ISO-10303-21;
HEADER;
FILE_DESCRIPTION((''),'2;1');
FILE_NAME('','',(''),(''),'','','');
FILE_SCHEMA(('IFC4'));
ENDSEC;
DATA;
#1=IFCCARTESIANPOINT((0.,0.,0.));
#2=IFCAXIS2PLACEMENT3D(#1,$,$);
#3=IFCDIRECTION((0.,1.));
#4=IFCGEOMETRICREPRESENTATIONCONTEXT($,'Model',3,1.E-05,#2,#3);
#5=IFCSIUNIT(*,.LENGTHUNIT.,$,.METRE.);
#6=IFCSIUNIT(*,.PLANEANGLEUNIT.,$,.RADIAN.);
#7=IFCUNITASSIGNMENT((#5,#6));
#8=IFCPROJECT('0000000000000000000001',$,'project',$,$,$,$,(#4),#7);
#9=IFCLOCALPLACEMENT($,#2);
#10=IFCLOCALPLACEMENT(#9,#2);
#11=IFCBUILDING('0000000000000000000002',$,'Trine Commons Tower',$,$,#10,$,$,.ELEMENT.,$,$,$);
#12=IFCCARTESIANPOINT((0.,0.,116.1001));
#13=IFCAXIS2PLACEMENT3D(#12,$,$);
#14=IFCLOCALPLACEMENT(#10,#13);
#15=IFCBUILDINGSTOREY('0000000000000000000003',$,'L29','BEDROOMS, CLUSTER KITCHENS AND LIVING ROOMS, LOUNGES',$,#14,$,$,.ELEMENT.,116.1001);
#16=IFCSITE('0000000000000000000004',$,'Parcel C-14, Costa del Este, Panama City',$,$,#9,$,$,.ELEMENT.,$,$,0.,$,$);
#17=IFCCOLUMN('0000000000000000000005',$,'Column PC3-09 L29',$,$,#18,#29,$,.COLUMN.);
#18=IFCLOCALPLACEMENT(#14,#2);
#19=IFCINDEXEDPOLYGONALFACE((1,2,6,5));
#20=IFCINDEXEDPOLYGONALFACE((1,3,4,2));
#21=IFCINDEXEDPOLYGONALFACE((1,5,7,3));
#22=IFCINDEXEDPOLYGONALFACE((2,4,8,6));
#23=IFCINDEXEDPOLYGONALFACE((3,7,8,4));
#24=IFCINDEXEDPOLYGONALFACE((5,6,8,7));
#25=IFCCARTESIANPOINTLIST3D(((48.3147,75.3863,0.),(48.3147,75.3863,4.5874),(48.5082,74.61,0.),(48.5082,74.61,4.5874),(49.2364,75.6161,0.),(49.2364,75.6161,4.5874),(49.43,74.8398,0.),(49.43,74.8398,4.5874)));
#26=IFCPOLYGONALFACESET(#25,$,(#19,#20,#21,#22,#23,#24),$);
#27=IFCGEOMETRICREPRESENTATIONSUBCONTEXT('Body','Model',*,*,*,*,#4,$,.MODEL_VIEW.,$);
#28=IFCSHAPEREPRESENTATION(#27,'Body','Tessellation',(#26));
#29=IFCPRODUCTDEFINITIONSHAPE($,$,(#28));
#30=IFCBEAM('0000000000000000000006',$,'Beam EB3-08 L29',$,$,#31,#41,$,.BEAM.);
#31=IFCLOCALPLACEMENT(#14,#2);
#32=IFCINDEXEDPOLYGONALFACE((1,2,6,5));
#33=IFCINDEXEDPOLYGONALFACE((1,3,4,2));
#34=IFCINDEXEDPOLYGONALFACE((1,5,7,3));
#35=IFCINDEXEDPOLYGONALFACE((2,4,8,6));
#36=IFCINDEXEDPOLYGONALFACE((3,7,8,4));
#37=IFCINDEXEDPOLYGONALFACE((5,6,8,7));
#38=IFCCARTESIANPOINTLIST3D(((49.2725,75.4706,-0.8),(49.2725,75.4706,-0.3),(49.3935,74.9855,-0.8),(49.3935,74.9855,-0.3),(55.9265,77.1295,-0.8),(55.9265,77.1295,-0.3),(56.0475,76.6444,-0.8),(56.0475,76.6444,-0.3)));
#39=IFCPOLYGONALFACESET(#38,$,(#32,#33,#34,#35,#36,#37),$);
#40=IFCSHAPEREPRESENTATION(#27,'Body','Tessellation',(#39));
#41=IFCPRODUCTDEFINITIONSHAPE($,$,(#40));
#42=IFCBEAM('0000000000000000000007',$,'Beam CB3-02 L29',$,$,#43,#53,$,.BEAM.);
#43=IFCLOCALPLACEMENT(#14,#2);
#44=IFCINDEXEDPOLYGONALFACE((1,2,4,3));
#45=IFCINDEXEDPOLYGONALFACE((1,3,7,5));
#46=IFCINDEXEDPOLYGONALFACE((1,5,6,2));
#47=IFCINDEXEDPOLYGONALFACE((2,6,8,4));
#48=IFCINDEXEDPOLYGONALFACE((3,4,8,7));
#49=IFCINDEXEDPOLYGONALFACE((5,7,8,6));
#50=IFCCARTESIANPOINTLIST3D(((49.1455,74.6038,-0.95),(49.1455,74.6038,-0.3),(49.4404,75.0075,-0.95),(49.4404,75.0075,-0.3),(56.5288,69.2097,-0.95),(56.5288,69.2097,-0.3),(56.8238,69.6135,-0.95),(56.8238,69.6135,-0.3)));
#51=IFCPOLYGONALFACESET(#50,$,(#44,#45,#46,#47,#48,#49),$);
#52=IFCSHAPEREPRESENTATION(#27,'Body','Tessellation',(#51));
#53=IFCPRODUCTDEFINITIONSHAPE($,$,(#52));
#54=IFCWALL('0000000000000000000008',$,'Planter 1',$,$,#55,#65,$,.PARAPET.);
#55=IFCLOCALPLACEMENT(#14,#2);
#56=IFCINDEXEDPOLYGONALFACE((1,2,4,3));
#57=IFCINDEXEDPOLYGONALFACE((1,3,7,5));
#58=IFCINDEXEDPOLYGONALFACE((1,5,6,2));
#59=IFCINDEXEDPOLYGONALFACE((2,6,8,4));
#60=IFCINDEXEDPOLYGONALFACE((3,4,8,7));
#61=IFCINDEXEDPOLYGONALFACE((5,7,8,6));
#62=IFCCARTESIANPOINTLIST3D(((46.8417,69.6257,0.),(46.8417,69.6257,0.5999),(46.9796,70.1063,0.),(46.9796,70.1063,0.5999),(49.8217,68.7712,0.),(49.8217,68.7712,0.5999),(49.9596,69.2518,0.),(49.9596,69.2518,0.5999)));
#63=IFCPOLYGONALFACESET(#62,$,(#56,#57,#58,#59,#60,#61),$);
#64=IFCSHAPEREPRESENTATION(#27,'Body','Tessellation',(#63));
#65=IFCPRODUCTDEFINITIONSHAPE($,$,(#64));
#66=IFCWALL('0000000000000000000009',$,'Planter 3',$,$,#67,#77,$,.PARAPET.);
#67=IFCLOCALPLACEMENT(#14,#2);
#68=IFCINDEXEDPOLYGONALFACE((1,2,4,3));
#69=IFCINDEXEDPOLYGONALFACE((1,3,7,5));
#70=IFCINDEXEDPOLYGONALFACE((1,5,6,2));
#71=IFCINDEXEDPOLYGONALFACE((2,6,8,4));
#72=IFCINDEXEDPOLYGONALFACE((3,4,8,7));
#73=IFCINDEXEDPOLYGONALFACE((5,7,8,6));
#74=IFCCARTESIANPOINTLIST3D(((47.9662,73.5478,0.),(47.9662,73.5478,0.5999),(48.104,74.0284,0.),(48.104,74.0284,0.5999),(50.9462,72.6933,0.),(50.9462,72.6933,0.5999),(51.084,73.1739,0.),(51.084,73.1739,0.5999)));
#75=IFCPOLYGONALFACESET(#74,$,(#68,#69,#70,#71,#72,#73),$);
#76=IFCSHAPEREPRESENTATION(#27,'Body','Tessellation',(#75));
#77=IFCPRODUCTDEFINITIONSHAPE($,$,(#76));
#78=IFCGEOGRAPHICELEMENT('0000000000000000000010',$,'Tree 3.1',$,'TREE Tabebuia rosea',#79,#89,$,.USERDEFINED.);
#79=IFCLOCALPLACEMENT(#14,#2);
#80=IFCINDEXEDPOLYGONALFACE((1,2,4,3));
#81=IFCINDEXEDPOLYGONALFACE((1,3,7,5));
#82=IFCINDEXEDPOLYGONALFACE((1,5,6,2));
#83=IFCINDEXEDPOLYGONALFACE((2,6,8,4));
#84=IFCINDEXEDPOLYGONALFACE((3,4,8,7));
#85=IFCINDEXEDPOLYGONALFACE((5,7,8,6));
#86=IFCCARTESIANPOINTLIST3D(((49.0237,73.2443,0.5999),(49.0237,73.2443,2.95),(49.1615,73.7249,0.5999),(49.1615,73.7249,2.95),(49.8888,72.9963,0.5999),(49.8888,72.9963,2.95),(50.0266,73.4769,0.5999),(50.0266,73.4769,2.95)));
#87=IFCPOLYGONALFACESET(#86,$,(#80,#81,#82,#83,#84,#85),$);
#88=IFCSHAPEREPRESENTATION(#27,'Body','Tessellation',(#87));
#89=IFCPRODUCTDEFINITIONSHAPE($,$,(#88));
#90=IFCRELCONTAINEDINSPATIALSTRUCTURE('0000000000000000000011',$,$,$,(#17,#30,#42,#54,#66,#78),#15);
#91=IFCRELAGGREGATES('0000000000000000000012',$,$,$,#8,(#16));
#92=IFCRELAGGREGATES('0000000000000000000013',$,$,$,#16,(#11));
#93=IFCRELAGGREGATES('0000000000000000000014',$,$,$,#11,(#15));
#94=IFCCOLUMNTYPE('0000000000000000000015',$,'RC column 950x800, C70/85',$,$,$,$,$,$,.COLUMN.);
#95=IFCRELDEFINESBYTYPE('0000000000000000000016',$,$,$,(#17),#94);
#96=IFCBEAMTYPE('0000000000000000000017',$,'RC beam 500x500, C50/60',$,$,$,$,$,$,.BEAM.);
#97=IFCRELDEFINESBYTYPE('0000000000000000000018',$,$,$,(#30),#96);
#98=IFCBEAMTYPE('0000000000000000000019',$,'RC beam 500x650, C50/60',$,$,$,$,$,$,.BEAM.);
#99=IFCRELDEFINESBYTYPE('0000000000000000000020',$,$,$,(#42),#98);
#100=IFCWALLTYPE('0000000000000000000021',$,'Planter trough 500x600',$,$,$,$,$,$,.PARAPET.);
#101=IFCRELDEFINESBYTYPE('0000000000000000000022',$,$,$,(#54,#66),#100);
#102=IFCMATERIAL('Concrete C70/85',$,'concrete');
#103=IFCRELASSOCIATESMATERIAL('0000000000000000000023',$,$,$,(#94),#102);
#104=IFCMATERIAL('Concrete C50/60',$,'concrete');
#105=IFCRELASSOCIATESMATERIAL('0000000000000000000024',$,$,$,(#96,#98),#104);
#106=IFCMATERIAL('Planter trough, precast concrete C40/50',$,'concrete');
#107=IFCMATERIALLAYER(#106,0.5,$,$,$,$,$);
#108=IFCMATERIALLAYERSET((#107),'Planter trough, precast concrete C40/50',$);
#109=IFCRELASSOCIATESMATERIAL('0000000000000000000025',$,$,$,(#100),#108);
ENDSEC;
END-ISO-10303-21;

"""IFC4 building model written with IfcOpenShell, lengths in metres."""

from ifc_helpers import new_model, si_unit, direction, frame, frame_2d, origin, origin_2d, place, context, subcontext, project, spatial, rectangle, extrude, material, layer, layer_set, material_profile, profile_set, type_object, element, save


model = new_model("IFC4")

# Units and contexts
model_context = context("Model", 3, precision=1e-05, world=origin(), true_north=direction((0.0, 1.0)))
body_context = subcontext(model_context, "Body", "Model", "MODEL_VIEW")
ifc_project = project(units=[si_unit("LENGTHUNIT", "METRE"), si_unit("PLANEANGLEUNIT", "RADIAN")], contexts=[model_context])

# Site, building, storey
site_placement = place(None, origin())
site = spatial("IfcSite", under=ifc_project, at=site_placement, Name="Parcel C-14, Costa del Este, Panama City", CompositionType="ELEMENT", RefElevation=0.0)
building_placement = place(site_placement, origin())
building = spatial("IfcBuilding", under=site, at=building_placement, Name="Trine Commons Tower", CompositionType="ELEMENT")
storey_placement = place(building_placement, frame((0.0, 0.0, 116.1001)))
storey = spatial("IfcBuildingStorey", under=building, at=storey_placement, Name="L29", Description="BEDROOMS, CLUSTER KITCHENS AND LIVING ROOMS, LOUNGES", CompositionType="ELEMENT", Elevation=116.1001)

# Column
ifc_material_1 = material(Name="Concrete C70/85", Category="concrete")
ifc_material_profile_1 = material_profile(ifc_material_1, rectangle(XDim=0.95, YDim=0.8, at=origin_2d()), Name="RC 950x800")
ifc_profile_set_1 = profile_set([ifc_material_profile_1], Name="Concrete C70/85")
column_type = type_object("IfcColumnType", Name="RC column 950x800, C70/85", PredefinedType="COLUMN", material=ifc_profile_set_1)
column_placement = place(storey_placement, frame((48.8723, 75.113, 0.0), z_axis=(0.0, 0.0, 1.0), x_axis=(0.970296, 0.241922, 0.0)))
element("IfcColumn", 1, at=column_placement, inside=storey, type_object=column_type, Name="Column PC3-09 L29", PredefinedType="COLUMN", context=body_context, shape_type="SweptSolid", body=[
    extrude(rectangle(XDim=0.95, YDim=0.8, at=origin_2d()), origin(), (0.0, 0.0, 1.0), 4.5874),
])

# Beams
ifc_material_2 = material(Name="Concrete C50/60", Category="concrete")
ifc_material_profile_2 = material_profile(ifc_material_2, rectangle(XDim=0.5, YDim=0.5, at=origin_2d()), Name="RC 500x500")
ifc_profile_set_2 = profile_set([ifc_material_profile_2], Name="Concrete C50/60")
beam_type_1 = type_object("IfcBeamType", Name="RC beam 500x500, C50/60", PredefinedType="BEAM", material=ifc_profile_set_2)
beam_1_placement = place(storey_placement, frame((49.333, 75.228, -0.55), z_axis=(0.970299, 0.241907, 0.0), x_axis=(-0.241907, 0.970299, 0.0)))
element("IfcBeam", 2, at=beam_1_placement, inside=storey, type_object=beam_type_1, Name="Beam EB3-08 L29", PredefinedType="BEAM", context=body_context, shape_type="SweptSolid", body=[
    extrude(rectangle(XDim=0.5, YDim=0.5, at=origin_2d()), origin(), (0.0, 0.0, 1.0), 6.8577),
])
ifc_material_profile_3 = material_profile(ifc_material_2, rectangle(XDim=0.5, YDim=0.6499, at=origin_2d()), Name="RC 500x650")
ifc_profile_set_3 = profile_set([ifc_material_profile_3], Name="Concrete C50/60")
beam_type_2 = type_object("IfcBeamType", Name="RC beam 500x650, C50/60", PredefinedType="BEAM", material=ifc_profile_set_3)
beam_2_placement = place(storey_placement, frame((49.293, 74.8057, -0.625), z_axis=(0.807466, -0.589913, 0.0), x_axis=(0.589913, 0.807466, 0.0)))
element("IfcBeam", 3, at=beam_2_placement, inside=storey, type_object=beam_type_2, Name="Beam CB3-02 L29", PredefinedType="BEAM", context=body_context, shape_type="SweptSolid", body=[
    extrude(rectangle(XDim=0.5, YDim=0.6499, at=origin_2d()), origin(), (0.0, 0.0, 1.0), 9.1438),
])

# Walls
ifc_material_3 = material(Name="Planter trough, precast concrete C40/50", Category="concrete")
ifc_layer = layer(ifc_material_3, 0.5)
ifc_layer_set = layer_set([ifc_layer], Name="Planter trough, precast concrete C40/50")
wall_type = type_object("IfcWallType", Name="Planter trough 500x600", PredefinedType="PARAPET", material=ifc_layer_set)
for number, where, z_axis, x_axis, name in (
    (4, (46.9106, 69.866, 0.0), (0.0, 0.0, 1.0), (0.961262, -0.275636, 0.0), "Planter 1"),
    (5, (51.0151, 72.9336, 0.0), (0.0, 0.0, 1.0), (-0.961262, 0.275636, 0.0), "Planter 3"),
):
    element("IfcWall", number, at=place(storey_placement, frame(where, z_axis=z_axis, x_axis=x_axis)), inside=storey, type_object=wall_type, Name=name, PredefinedType="PARAPET", context=body_context, shape_type="SweptSolid", body=[
        extrude(rectangle(XDim=3.1001, YDim=0.5, at=frame_2d((1.55, 0.0))), origin(), (0.0, 0.0, 1.0), 0.5999),
    ])

# Geographic element
geographic_element_placement = place(storey_placement, frame((49.5251, 73.3606, 0.5999), z_axis=(0.0, 0.0, 1.0), x_axis=(-0.961263, 0.275634, 0.0)))
element("IfcGeographicElement", 6, at=geographic_element_placement, inside=storey, Name="Tree 3.1", ObjectType="TREE Tabebuia rosea", PredefinedType="USERDEFINED", context=body_context, shape_type="SweptSolid", body=[
    extrude(rectangle(XDim=0.8999, YDim=0.5, at=origin_2d()), origin(), (0.0, 0.0, 1.0), 2.3501),
])

save(model, "model.ifc")
